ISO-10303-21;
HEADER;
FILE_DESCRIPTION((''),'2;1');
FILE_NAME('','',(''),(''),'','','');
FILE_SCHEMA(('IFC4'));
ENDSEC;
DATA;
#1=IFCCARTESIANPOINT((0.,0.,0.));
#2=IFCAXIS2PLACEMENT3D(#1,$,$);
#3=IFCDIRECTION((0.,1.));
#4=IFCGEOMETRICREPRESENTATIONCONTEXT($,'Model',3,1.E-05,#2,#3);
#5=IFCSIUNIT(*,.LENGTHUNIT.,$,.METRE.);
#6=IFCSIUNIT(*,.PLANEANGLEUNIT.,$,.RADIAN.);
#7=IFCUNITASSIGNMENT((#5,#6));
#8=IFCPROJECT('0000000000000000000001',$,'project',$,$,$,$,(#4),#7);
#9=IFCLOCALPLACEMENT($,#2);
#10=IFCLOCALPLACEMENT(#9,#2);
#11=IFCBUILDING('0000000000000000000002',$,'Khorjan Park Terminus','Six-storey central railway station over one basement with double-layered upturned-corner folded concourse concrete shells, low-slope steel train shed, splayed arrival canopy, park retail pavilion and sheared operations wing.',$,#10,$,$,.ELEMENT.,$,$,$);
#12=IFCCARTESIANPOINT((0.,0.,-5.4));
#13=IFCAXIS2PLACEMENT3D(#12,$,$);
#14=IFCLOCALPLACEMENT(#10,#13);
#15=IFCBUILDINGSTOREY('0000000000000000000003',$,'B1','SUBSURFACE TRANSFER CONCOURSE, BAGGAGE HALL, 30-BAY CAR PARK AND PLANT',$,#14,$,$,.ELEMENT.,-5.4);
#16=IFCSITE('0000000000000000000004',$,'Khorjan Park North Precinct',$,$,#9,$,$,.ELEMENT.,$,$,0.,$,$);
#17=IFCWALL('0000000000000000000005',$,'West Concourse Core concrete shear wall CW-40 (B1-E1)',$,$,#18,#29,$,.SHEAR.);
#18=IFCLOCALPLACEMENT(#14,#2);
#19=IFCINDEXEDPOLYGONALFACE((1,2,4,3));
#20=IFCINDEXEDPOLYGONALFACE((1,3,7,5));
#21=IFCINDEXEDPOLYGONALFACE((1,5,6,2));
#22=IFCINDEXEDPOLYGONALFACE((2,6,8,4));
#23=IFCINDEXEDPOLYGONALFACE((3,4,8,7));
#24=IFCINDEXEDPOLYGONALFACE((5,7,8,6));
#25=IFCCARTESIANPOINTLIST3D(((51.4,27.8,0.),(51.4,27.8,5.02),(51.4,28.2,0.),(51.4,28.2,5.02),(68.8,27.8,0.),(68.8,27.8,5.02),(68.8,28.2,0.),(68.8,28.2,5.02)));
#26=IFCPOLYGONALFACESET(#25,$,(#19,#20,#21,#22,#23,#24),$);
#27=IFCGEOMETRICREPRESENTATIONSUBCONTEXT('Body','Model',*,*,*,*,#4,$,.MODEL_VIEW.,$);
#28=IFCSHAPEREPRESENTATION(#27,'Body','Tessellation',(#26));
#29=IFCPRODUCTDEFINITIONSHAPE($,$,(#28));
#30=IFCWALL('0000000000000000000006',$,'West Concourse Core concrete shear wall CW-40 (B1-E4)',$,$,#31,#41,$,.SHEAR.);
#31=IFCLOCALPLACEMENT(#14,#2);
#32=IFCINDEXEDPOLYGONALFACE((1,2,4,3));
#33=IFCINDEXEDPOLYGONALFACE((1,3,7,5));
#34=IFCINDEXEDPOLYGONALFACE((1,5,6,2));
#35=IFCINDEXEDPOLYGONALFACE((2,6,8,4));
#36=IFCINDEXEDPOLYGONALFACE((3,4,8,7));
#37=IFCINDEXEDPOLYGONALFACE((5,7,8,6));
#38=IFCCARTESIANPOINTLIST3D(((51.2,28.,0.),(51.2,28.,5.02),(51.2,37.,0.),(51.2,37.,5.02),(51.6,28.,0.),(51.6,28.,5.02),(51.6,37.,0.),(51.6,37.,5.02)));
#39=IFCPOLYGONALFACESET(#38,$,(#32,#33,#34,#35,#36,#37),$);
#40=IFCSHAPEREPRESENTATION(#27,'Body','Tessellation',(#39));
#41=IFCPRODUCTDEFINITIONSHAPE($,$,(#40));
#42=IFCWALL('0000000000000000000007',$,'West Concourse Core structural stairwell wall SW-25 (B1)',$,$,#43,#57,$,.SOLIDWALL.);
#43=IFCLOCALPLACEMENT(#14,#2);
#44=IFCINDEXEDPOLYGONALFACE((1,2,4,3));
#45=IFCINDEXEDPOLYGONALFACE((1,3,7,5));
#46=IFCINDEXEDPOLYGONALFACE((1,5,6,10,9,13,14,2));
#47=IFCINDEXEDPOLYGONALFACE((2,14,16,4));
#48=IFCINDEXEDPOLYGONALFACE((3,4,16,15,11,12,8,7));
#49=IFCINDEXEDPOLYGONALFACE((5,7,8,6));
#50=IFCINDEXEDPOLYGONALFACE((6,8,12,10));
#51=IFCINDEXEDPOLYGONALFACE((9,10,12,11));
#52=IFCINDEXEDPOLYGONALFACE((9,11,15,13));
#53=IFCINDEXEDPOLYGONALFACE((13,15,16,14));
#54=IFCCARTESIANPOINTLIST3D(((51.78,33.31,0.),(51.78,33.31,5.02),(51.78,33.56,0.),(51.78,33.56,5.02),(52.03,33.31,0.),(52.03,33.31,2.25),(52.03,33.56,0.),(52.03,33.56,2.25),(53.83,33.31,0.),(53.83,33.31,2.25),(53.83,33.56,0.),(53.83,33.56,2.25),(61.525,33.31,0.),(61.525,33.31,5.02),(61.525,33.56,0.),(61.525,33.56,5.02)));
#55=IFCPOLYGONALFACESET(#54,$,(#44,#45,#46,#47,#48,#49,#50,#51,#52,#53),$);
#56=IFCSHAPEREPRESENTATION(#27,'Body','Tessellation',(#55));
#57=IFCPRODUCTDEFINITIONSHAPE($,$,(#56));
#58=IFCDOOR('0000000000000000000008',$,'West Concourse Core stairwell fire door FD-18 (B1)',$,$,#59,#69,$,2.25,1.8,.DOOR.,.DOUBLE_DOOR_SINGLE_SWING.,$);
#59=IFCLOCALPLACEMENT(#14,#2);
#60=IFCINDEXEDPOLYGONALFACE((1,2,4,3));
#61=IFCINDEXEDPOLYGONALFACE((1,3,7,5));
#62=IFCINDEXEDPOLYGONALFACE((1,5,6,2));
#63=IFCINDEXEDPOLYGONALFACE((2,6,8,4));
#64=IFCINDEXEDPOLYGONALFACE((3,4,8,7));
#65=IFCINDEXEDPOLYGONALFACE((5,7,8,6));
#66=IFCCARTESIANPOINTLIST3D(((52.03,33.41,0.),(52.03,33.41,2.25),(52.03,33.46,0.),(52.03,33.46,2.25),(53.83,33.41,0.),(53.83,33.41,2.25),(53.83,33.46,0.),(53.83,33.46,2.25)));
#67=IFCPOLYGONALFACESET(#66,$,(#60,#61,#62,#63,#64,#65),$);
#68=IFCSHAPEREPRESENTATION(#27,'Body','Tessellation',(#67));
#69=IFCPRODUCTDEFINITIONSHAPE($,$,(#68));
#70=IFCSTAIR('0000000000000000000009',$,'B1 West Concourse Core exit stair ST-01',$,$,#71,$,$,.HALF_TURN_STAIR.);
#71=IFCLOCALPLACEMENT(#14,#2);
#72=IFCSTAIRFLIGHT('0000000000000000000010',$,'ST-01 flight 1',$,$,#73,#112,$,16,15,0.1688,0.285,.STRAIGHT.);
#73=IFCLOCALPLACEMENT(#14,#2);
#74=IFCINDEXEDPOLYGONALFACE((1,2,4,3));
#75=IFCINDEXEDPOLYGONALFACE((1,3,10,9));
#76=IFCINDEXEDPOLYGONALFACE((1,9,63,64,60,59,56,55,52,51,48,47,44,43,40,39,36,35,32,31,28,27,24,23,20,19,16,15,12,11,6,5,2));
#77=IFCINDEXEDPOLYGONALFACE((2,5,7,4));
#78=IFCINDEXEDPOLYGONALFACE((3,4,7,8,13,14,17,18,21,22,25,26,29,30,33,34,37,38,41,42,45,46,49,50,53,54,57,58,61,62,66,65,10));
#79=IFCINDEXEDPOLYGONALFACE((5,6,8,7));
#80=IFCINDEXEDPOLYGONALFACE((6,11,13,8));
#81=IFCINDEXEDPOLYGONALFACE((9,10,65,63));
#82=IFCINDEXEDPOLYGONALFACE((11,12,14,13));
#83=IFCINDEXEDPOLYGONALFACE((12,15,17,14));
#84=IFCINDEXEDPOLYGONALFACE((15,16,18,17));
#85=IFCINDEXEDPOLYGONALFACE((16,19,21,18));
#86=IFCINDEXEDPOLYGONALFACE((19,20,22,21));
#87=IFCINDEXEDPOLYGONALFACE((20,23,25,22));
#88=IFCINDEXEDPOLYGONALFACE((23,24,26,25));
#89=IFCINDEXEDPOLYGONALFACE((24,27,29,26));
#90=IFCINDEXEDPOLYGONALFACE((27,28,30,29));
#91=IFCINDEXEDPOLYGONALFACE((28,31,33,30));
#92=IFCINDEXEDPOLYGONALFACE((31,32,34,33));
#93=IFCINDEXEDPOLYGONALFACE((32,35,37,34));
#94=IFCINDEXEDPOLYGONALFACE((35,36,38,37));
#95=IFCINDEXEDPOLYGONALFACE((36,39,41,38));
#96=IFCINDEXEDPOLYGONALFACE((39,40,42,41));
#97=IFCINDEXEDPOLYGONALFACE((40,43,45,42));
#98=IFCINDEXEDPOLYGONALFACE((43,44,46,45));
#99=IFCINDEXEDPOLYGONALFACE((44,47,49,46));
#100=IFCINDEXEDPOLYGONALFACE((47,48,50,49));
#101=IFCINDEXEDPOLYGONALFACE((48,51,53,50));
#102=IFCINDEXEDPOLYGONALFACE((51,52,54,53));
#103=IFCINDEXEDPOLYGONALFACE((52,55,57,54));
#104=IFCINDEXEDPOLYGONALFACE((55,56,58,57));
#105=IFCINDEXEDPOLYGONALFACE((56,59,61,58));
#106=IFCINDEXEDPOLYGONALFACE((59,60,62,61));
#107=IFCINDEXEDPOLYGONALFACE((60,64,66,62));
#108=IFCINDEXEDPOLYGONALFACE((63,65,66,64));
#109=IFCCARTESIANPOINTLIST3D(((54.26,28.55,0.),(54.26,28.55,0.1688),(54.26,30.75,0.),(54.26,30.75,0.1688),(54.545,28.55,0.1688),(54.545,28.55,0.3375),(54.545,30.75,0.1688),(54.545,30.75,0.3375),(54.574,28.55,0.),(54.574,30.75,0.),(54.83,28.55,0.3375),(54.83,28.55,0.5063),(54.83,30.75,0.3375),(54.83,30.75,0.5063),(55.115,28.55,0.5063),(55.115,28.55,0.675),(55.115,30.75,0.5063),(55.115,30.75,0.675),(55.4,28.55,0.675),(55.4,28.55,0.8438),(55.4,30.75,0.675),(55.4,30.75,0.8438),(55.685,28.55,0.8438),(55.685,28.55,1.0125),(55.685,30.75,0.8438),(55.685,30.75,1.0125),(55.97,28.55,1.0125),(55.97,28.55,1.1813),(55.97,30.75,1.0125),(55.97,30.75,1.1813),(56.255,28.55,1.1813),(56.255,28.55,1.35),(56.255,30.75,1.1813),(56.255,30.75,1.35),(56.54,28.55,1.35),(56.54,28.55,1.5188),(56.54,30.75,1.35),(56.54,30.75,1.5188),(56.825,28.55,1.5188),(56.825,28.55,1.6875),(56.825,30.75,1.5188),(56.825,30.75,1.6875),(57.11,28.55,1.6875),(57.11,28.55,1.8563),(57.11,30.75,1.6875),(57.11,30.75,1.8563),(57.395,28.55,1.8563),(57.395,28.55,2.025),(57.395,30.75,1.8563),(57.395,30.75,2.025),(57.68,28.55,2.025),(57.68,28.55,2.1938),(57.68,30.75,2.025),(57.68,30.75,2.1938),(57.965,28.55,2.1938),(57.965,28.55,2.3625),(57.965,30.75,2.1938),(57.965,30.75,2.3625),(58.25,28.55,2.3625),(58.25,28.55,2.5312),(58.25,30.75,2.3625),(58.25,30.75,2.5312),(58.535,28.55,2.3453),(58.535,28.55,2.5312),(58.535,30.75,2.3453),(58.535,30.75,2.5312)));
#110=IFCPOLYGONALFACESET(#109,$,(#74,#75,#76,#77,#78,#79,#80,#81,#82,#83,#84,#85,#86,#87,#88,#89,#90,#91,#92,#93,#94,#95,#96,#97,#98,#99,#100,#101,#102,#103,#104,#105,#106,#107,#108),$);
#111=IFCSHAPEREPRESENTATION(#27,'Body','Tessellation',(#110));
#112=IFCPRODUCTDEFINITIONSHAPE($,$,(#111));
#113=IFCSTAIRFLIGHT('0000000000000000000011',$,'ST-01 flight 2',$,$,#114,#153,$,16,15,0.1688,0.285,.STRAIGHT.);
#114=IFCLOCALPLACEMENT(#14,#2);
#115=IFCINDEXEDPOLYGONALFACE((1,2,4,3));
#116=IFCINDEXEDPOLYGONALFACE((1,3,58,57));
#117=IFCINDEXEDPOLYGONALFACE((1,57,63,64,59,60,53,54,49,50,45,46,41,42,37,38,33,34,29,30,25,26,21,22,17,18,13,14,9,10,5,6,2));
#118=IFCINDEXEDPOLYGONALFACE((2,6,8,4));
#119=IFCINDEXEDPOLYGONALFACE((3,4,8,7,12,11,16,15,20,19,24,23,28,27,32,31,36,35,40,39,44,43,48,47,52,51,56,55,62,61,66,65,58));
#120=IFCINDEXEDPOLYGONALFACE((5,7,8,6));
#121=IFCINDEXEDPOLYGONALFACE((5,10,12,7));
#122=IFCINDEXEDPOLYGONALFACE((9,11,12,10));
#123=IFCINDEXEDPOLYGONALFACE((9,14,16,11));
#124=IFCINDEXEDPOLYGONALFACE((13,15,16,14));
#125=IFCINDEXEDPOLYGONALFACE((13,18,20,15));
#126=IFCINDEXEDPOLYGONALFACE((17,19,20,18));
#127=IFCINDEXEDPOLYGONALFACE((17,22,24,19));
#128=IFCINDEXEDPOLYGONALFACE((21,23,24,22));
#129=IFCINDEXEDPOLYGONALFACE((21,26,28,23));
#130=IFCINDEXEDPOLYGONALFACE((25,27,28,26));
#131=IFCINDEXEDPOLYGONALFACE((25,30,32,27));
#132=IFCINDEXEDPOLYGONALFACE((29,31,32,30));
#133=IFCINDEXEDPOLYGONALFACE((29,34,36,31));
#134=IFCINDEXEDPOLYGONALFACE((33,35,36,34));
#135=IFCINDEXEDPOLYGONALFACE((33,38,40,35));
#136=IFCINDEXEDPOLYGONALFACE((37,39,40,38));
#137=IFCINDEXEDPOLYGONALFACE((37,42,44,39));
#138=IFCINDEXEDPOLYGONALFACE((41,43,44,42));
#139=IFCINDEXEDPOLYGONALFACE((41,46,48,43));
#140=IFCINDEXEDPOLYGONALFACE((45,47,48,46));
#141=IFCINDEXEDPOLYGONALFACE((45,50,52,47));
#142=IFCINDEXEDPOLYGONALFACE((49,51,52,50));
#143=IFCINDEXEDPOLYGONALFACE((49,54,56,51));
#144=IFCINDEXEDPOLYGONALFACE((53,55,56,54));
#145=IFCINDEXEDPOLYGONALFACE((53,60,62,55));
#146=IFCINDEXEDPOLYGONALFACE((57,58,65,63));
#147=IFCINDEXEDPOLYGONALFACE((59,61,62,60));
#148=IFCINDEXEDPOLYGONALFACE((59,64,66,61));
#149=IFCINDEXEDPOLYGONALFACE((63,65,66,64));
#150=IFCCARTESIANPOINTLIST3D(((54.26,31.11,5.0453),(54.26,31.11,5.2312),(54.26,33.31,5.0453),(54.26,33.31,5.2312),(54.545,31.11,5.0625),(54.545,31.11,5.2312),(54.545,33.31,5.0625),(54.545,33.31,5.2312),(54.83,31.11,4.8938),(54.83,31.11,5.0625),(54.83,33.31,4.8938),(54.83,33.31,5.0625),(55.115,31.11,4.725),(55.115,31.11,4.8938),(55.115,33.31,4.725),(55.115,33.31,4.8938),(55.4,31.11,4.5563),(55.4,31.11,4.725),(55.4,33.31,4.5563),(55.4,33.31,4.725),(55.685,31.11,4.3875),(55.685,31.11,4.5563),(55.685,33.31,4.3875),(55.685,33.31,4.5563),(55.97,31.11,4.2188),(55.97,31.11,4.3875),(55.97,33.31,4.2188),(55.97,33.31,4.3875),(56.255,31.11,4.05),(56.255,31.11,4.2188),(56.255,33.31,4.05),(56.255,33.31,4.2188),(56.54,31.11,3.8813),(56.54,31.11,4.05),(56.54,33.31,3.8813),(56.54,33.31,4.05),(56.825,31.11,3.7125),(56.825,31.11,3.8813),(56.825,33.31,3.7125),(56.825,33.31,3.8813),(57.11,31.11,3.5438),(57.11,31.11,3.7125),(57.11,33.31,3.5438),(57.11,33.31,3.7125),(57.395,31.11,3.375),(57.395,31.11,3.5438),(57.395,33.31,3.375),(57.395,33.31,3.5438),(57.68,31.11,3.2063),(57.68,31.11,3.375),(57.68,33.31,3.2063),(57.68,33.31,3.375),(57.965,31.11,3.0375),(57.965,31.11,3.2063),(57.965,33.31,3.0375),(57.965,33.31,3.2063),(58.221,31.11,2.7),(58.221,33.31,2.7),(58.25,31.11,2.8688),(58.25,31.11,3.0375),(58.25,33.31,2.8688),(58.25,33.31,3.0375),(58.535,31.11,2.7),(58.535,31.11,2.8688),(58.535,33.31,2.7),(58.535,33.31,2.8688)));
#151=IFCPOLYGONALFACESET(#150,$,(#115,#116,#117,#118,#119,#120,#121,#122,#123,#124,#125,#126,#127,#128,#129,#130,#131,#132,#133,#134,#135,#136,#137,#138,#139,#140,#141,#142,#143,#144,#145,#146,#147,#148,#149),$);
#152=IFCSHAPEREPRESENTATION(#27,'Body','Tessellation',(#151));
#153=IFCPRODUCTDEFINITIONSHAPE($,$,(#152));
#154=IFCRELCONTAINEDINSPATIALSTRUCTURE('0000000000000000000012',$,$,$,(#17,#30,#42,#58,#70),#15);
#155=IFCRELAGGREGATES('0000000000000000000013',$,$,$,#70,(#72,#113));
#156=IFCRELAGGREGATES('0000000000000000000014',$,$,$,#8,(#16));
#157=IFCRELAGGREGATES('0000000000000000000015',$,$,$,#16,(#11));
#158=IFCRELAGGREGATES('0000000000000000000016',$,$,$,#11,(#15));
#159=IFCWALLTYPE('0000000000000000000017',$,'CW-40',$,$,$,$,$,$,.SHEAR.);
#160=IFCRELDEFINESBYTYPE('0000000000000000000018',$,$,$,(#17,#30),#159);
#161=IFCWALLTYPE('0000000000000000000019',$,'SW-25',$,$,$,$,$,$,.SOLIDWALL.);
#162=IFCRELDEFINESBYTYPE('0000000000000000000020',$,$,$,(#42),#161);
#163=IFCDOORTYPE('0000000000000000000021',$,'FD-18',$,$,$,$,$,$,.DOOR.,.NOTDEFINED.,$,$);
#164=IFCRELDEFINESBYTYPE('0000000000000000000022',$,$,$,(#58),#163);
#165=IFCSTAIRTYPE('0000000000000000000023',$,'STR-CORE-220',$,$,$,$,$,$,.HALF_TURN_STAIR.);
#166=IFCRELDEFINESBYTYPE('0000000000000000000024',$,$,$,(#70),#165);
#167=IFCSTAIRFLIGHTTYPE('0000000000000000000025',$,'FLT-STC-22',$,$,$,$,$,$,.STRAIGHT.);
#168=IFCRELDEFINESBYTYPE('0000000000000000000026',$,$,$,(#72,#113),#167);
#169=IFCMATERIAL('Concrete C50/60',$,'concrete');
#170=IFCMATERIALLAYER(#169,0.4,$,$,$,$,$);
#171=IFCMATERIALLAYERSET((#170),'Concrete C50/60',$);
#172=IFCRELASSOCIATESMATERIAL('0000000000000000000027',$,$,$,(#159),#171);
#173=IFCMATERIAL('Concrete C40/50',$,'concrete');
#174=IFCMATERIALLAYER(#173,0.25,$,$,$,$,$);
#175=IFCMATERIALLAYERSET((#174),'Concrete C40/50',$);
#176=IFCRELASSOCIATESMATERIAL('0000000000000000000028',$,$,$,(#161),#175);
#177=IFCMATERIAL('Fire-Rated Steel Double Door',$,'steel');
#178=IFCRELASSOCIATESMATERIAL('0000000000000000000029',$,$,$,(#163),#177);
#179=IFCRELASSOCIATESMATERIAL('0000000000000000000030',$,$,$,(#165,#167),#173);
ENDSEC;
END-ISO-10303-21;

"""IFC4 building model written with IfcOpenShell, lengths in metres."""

from ifc_helpers import new_model, si_unit, direction, frame, frame_2d, origin, place, context, subcontext, project, spatial, polyline, rectangle, outline, extrude, material, layer, layer_set, type_object, element, fill, aggregate, save


model = new_model("IFC4")

# Units and contexts
model_context = context("Model", 3, precision=1e-05, world=origin(), true_north=direction((0.0, 1.0)))
body_context = subcontext(model_context, "Body", "Model", "MODEL_VIEW")
ifc_project = project(units=[si_unit("LENGTHUNIT", "METRE"), si_unit("PLANEANGLEUNIT", "RADIAN")], contexts=[model_context])

# Site, building, storey
site_placement = place(None, origin())
site = spatial("IfcSite", under=ifc_project, at=site_placement, Name="Khorjan Park North Precinct", CompositionType="ELEMENT", RefElevation=0.0)
building_placement = place(site_placement, origin())
building = spatial("IfcBuilding", under=site, at=building_placement, Name="Khorjan Park Terminus", Description="Six-storey central railway station over one basement with double-layered upturned-corner folded concourse concrete shells, low-slope steel train shed, splayed arrival canopy, park retail pavilion and sheared operations wing.", CompositionType="ELEMENT")
storey_placement = place(building_placement, frame((0.0, 0.0, -5.4)))
storey = spatial("IfcBuildingStorey", under=building, at=storey_placement, Name="B1", Description="SUBSURFACE TRANSFER CONCOURSE, BAGGAGE HALL, 30-BAY CAR PARK AND PLANT", CompositionType="ELEMENT", Elevation=-5.4)

# Shared definitions
ifc_material_1 = material(Name="Concrete C40/50", Category="concrete")

# Shared definitions
ifc_material_2 = material(Name="Concrete C50/60", Category="concrete")

# Walls
ifc_layer_1 = layer(ifc_material_2, 0.4)
ifc_layer_set_1 = layer_set([ifc_layer_1], Name="Concrete C50/60")
wall_type_1 = type_object("IfcWallType", Name="CW-40", PredefinedType="SHEAR", material=ifc_layer_set_1)
wall_1_placement = place(storey_placement, frame((51.4, 28.0, 0.0), z_axis=(0.0, 0.0, 1.0), x_axis=(1.0, 0.0, 0.0)))
element("IfcWall", 1, at=wall_1_placement, inside=storey, type_object=wall_type_1, Name="West Concourse Core concrete shear wall CW-40 (B1-E1)", PredefinedType="SHEAR", context=body_context, shape_type="SweptSolid", body=[
    extrude(rectangle(XDim=17.4, YDim=0.4, at=frame_2d((8.7, 0.0))), origin(), (0.0, 0.0, 1.0), 5.02),
])
wall_2_placement = place(storey_placement, frame((51.4, 37.0, 0.0), z_axis=(0.0, 0.0, 1.0), x_axis=(0.0, -1.0, 0.0)))
element("IfcWall", 2, at=wall_2_placement, inside=storey, type_object=wall_type_1, Name="West Concourse Core concrete shear wall CW-40 (B1-E4)", PredefinedType="SHEAR", context=body_context, shape_type="SweptSolid", body=[
    extrude(rectangle(XDim=9.0, YDim=0.4, at=frame_2d((4.5, 0.0))), origin(), (0.0, 0.0, 1.0), 5.02),
])

# Wall, opening, door
ifc_layer_2 = layer(ifc_material_1, 0.25)
ifc_layer_set_2 = layer_set([ifc_layer_2], Name="Concrete C40/50")
wall_type_2 = type_object("IfcWallType", Name="SW-25", PredefinedType="SOLIDWALL", material=ifc_layer_set_2)
wall_3_placement = place(storey_placement, frame((51.78, 33.435, 0.0), z_axis=(0.0, 0.0, 1.0), x_axis=(1.0, 0.0, 0.0)))
wall_3 = element("IfcWall", 3, at=wall_3_placement, inside=storey, type_object=wall_type_2, Name="West Concourse Core structural stairwell wall SW-25 (B1)", PredefinedType="SOLIDWALL", context=body_context, shape_type="SweptSolid", body=[
    extrude(rectangle(XDim=9.745, YDim=0.25, at=frame_2d((4.8725, 0.0))), origin(), (0.0, 0.0, 1.0), 5.02),
])
opening_placement = place(wall_3_placement, frame((0.25, 0.0, 0.0)))
opening = element("IfcOpeningElement", 4, at=opening_placement, cuts=wall_3, PredefinedType="OPENING", context=body_context, shape_type="SweptSolid", body=[
    extrude(rectangle(XDim=1.8, YDim=2.25, at=frame_2d((0.9, 1.125))), frame((0.0, 0.135, 0.0), z_axis=(0.0, -1.0, 0.0), x_axis=(1.0, 0.0, 0.0)), (0.0, 0.0, 1.0), 0.27),
])
ifc_material_3 = material(Name="Fire-Rated Steel Double Door", Category="steel")
door_type = type_object("IfcDoorType", Name="FD-18", OperationType="NOTDEFINED", PredefinedType="DOOR", material=ifc_material_3)
door_placement = place(opening_placement, origin())
door = element("IfcDoor", 5, at=door_placement, inside=storey, type_object=door_type, Name="West Concourse Core stairwell fire door FD-18 (B1)", OperationType="DOUBLE_DOOR_SINGLE_SWING", OverallHeight=2.25, OverallWidth=1.8, PredefinedType="DOOR", context=body_context, shape_type="SweptSolid", body=[
    extrude(rectangle(XDim=1.8, YDim=2.25, at=frame_2d((0.9, 1.125))), frame((0.0, 0.025, 0.0), z_axis=(0.0, -1.0, 0.0), x_axis=(1.0, 0.0, 0.0)), (0.0, 0.0, 1.0), 0.05),
])
fill(opening, door)

# Stair, stair flights
stair_type = type_object("IfcStairType", Name="STR-CORE-220", PredefinedType="HALF_TURN_STAIR", material=ifc_material_1)
stair_placement = place(storey_placement, origin())
stair = element("IfcStair", 6, at=stair_placement, inside=storey, type_object=stair_type, Name="B1 West Concourse Core exit stair ST-01", PredefinedType="HALF_TURN_STAIR")
stair_flight_type = type_object("IfcStairFlightType", Name="FLT-STC-22", PredefinedType="STRAIGHT", material=ifc_material_1)
stair_flight_1_placement = place(storey_placement, frame((54.26, 29.65, 0.0), z_axis=(0.0, 0.0, 1.0), x_axis=(1.0, 0.0, 0.0)))
stair_flight_1 = element("IfcStairFlight", 7, at=stair_flight_1_placement, type_object=stair_flight_type, Name="ST-01 flight 1", NumberOfRisers=16, NumberOfTreads=15, PredefinedType="STRAIGHT", RiserHeight=0.1688, TreadLength=0.285, context=body_context, shape_type="SweptSolid", body=[
    extrude(outline(polyline([(0.0, 0.0), (0.0, 0.1688), (0.285, 0.1688), (0.285, 0.3375), (0.57, 0.3375), (0.57, 0.5063), (0.855, 0.5063), (0.855, 0.675), (1.14, 0.675), (1.14, 0.8438), (1.425, 0.8438), (1.425, 1.0125), (1.71, 1.0125), (1.71, 1.1813), (1.995, 1.1813), (1.995, 1.35), (2.28, 1.35), (2.28, 1.5188), (2.565, 1.5188), (2.565, 1.6875), (2.85, 1.6875), (2.85, 1.8563), (3.135, 1.8563), (3.135, 2.025), (3.42, 2.025), (3.42, 2.1938), (3.705, 2.1938), (3.705, 2.3625), (3.99, 2.3625), (3.99, 2.5312), (4.275, 2.5312), (4.275, 2.7), (4.275, 2.3453), (0.314, 0.0), (0.0, 0.0)])), frame((0.0, 1.1, 0.0), z_axis=(0.0, -1.0, 0.0), x_axis=(1.0, 0.0, 0.0)), (0.0, 0.0, 1.0), 2.2),
])
stair_flight_2_placement = place(storey_placement, frame((58.535, 32.21, 2.7), z_axis=(0.0, 0.0, 1.0), x_axis=(-1.0, 0.0, 0.0)))
stair_flight_2 = element("IfcStairFlight", 8, at=stair_flight_2_placement, type_object=stair_flight_type, Name="ST-01 flight 2", NumberOfRisers=16, NumberOfTreads=15, PredefinedType="STRAIGHT", RiserHeight=0.1688, TreadLength=0.285, context=body_context, shape_type="SweptSolid", body=[
    extrude(outline(polyline([(0.0, 0.0), (0.0, 0.1688), (0.285, 0.1688), (0.285, 0.3375), (0.57, 0.3375), (0.57, 0.5063), (0.855, 0.5063), (0.855, 0.675), (1.14, 0.675), (1.14, 0.8438), (1.425, 0.8438), (1.425, 1.0125), (1.71, 1.0125), (1.71, 1.1813), (1.995, 1.1813), (1.995, 1.35), (2.28, 1.35), (2.28, 1.5188), (2.565, 1.5188), (2.565, 1.6875), (2.85, 1.6875), (2.85, 1.8563), (3.135, 1.8563), (3.135, 2.025), (3.42, 2.025), (3.42, 2.1938), (3.705, 2.1938), (3.705, 2.3625), (3.99, 2.3625), (3.99, 2.5312), (4.275, 2.5312), (4.275, 2.7), (4.275, 2.3453), (0.314, 0.0), (0.0, 0.0)])), frame((0.0, 1.1, 0.0), z_axis=(0.0, -1.0, 0.0), x_axis=(1.0, 0.0, 0.0)), (0.0, 0.0, 1.0), 2.2),
])
aggregate(stair, [stair_flight_1, stair_flight_2])

save(model, "model.ifc")
